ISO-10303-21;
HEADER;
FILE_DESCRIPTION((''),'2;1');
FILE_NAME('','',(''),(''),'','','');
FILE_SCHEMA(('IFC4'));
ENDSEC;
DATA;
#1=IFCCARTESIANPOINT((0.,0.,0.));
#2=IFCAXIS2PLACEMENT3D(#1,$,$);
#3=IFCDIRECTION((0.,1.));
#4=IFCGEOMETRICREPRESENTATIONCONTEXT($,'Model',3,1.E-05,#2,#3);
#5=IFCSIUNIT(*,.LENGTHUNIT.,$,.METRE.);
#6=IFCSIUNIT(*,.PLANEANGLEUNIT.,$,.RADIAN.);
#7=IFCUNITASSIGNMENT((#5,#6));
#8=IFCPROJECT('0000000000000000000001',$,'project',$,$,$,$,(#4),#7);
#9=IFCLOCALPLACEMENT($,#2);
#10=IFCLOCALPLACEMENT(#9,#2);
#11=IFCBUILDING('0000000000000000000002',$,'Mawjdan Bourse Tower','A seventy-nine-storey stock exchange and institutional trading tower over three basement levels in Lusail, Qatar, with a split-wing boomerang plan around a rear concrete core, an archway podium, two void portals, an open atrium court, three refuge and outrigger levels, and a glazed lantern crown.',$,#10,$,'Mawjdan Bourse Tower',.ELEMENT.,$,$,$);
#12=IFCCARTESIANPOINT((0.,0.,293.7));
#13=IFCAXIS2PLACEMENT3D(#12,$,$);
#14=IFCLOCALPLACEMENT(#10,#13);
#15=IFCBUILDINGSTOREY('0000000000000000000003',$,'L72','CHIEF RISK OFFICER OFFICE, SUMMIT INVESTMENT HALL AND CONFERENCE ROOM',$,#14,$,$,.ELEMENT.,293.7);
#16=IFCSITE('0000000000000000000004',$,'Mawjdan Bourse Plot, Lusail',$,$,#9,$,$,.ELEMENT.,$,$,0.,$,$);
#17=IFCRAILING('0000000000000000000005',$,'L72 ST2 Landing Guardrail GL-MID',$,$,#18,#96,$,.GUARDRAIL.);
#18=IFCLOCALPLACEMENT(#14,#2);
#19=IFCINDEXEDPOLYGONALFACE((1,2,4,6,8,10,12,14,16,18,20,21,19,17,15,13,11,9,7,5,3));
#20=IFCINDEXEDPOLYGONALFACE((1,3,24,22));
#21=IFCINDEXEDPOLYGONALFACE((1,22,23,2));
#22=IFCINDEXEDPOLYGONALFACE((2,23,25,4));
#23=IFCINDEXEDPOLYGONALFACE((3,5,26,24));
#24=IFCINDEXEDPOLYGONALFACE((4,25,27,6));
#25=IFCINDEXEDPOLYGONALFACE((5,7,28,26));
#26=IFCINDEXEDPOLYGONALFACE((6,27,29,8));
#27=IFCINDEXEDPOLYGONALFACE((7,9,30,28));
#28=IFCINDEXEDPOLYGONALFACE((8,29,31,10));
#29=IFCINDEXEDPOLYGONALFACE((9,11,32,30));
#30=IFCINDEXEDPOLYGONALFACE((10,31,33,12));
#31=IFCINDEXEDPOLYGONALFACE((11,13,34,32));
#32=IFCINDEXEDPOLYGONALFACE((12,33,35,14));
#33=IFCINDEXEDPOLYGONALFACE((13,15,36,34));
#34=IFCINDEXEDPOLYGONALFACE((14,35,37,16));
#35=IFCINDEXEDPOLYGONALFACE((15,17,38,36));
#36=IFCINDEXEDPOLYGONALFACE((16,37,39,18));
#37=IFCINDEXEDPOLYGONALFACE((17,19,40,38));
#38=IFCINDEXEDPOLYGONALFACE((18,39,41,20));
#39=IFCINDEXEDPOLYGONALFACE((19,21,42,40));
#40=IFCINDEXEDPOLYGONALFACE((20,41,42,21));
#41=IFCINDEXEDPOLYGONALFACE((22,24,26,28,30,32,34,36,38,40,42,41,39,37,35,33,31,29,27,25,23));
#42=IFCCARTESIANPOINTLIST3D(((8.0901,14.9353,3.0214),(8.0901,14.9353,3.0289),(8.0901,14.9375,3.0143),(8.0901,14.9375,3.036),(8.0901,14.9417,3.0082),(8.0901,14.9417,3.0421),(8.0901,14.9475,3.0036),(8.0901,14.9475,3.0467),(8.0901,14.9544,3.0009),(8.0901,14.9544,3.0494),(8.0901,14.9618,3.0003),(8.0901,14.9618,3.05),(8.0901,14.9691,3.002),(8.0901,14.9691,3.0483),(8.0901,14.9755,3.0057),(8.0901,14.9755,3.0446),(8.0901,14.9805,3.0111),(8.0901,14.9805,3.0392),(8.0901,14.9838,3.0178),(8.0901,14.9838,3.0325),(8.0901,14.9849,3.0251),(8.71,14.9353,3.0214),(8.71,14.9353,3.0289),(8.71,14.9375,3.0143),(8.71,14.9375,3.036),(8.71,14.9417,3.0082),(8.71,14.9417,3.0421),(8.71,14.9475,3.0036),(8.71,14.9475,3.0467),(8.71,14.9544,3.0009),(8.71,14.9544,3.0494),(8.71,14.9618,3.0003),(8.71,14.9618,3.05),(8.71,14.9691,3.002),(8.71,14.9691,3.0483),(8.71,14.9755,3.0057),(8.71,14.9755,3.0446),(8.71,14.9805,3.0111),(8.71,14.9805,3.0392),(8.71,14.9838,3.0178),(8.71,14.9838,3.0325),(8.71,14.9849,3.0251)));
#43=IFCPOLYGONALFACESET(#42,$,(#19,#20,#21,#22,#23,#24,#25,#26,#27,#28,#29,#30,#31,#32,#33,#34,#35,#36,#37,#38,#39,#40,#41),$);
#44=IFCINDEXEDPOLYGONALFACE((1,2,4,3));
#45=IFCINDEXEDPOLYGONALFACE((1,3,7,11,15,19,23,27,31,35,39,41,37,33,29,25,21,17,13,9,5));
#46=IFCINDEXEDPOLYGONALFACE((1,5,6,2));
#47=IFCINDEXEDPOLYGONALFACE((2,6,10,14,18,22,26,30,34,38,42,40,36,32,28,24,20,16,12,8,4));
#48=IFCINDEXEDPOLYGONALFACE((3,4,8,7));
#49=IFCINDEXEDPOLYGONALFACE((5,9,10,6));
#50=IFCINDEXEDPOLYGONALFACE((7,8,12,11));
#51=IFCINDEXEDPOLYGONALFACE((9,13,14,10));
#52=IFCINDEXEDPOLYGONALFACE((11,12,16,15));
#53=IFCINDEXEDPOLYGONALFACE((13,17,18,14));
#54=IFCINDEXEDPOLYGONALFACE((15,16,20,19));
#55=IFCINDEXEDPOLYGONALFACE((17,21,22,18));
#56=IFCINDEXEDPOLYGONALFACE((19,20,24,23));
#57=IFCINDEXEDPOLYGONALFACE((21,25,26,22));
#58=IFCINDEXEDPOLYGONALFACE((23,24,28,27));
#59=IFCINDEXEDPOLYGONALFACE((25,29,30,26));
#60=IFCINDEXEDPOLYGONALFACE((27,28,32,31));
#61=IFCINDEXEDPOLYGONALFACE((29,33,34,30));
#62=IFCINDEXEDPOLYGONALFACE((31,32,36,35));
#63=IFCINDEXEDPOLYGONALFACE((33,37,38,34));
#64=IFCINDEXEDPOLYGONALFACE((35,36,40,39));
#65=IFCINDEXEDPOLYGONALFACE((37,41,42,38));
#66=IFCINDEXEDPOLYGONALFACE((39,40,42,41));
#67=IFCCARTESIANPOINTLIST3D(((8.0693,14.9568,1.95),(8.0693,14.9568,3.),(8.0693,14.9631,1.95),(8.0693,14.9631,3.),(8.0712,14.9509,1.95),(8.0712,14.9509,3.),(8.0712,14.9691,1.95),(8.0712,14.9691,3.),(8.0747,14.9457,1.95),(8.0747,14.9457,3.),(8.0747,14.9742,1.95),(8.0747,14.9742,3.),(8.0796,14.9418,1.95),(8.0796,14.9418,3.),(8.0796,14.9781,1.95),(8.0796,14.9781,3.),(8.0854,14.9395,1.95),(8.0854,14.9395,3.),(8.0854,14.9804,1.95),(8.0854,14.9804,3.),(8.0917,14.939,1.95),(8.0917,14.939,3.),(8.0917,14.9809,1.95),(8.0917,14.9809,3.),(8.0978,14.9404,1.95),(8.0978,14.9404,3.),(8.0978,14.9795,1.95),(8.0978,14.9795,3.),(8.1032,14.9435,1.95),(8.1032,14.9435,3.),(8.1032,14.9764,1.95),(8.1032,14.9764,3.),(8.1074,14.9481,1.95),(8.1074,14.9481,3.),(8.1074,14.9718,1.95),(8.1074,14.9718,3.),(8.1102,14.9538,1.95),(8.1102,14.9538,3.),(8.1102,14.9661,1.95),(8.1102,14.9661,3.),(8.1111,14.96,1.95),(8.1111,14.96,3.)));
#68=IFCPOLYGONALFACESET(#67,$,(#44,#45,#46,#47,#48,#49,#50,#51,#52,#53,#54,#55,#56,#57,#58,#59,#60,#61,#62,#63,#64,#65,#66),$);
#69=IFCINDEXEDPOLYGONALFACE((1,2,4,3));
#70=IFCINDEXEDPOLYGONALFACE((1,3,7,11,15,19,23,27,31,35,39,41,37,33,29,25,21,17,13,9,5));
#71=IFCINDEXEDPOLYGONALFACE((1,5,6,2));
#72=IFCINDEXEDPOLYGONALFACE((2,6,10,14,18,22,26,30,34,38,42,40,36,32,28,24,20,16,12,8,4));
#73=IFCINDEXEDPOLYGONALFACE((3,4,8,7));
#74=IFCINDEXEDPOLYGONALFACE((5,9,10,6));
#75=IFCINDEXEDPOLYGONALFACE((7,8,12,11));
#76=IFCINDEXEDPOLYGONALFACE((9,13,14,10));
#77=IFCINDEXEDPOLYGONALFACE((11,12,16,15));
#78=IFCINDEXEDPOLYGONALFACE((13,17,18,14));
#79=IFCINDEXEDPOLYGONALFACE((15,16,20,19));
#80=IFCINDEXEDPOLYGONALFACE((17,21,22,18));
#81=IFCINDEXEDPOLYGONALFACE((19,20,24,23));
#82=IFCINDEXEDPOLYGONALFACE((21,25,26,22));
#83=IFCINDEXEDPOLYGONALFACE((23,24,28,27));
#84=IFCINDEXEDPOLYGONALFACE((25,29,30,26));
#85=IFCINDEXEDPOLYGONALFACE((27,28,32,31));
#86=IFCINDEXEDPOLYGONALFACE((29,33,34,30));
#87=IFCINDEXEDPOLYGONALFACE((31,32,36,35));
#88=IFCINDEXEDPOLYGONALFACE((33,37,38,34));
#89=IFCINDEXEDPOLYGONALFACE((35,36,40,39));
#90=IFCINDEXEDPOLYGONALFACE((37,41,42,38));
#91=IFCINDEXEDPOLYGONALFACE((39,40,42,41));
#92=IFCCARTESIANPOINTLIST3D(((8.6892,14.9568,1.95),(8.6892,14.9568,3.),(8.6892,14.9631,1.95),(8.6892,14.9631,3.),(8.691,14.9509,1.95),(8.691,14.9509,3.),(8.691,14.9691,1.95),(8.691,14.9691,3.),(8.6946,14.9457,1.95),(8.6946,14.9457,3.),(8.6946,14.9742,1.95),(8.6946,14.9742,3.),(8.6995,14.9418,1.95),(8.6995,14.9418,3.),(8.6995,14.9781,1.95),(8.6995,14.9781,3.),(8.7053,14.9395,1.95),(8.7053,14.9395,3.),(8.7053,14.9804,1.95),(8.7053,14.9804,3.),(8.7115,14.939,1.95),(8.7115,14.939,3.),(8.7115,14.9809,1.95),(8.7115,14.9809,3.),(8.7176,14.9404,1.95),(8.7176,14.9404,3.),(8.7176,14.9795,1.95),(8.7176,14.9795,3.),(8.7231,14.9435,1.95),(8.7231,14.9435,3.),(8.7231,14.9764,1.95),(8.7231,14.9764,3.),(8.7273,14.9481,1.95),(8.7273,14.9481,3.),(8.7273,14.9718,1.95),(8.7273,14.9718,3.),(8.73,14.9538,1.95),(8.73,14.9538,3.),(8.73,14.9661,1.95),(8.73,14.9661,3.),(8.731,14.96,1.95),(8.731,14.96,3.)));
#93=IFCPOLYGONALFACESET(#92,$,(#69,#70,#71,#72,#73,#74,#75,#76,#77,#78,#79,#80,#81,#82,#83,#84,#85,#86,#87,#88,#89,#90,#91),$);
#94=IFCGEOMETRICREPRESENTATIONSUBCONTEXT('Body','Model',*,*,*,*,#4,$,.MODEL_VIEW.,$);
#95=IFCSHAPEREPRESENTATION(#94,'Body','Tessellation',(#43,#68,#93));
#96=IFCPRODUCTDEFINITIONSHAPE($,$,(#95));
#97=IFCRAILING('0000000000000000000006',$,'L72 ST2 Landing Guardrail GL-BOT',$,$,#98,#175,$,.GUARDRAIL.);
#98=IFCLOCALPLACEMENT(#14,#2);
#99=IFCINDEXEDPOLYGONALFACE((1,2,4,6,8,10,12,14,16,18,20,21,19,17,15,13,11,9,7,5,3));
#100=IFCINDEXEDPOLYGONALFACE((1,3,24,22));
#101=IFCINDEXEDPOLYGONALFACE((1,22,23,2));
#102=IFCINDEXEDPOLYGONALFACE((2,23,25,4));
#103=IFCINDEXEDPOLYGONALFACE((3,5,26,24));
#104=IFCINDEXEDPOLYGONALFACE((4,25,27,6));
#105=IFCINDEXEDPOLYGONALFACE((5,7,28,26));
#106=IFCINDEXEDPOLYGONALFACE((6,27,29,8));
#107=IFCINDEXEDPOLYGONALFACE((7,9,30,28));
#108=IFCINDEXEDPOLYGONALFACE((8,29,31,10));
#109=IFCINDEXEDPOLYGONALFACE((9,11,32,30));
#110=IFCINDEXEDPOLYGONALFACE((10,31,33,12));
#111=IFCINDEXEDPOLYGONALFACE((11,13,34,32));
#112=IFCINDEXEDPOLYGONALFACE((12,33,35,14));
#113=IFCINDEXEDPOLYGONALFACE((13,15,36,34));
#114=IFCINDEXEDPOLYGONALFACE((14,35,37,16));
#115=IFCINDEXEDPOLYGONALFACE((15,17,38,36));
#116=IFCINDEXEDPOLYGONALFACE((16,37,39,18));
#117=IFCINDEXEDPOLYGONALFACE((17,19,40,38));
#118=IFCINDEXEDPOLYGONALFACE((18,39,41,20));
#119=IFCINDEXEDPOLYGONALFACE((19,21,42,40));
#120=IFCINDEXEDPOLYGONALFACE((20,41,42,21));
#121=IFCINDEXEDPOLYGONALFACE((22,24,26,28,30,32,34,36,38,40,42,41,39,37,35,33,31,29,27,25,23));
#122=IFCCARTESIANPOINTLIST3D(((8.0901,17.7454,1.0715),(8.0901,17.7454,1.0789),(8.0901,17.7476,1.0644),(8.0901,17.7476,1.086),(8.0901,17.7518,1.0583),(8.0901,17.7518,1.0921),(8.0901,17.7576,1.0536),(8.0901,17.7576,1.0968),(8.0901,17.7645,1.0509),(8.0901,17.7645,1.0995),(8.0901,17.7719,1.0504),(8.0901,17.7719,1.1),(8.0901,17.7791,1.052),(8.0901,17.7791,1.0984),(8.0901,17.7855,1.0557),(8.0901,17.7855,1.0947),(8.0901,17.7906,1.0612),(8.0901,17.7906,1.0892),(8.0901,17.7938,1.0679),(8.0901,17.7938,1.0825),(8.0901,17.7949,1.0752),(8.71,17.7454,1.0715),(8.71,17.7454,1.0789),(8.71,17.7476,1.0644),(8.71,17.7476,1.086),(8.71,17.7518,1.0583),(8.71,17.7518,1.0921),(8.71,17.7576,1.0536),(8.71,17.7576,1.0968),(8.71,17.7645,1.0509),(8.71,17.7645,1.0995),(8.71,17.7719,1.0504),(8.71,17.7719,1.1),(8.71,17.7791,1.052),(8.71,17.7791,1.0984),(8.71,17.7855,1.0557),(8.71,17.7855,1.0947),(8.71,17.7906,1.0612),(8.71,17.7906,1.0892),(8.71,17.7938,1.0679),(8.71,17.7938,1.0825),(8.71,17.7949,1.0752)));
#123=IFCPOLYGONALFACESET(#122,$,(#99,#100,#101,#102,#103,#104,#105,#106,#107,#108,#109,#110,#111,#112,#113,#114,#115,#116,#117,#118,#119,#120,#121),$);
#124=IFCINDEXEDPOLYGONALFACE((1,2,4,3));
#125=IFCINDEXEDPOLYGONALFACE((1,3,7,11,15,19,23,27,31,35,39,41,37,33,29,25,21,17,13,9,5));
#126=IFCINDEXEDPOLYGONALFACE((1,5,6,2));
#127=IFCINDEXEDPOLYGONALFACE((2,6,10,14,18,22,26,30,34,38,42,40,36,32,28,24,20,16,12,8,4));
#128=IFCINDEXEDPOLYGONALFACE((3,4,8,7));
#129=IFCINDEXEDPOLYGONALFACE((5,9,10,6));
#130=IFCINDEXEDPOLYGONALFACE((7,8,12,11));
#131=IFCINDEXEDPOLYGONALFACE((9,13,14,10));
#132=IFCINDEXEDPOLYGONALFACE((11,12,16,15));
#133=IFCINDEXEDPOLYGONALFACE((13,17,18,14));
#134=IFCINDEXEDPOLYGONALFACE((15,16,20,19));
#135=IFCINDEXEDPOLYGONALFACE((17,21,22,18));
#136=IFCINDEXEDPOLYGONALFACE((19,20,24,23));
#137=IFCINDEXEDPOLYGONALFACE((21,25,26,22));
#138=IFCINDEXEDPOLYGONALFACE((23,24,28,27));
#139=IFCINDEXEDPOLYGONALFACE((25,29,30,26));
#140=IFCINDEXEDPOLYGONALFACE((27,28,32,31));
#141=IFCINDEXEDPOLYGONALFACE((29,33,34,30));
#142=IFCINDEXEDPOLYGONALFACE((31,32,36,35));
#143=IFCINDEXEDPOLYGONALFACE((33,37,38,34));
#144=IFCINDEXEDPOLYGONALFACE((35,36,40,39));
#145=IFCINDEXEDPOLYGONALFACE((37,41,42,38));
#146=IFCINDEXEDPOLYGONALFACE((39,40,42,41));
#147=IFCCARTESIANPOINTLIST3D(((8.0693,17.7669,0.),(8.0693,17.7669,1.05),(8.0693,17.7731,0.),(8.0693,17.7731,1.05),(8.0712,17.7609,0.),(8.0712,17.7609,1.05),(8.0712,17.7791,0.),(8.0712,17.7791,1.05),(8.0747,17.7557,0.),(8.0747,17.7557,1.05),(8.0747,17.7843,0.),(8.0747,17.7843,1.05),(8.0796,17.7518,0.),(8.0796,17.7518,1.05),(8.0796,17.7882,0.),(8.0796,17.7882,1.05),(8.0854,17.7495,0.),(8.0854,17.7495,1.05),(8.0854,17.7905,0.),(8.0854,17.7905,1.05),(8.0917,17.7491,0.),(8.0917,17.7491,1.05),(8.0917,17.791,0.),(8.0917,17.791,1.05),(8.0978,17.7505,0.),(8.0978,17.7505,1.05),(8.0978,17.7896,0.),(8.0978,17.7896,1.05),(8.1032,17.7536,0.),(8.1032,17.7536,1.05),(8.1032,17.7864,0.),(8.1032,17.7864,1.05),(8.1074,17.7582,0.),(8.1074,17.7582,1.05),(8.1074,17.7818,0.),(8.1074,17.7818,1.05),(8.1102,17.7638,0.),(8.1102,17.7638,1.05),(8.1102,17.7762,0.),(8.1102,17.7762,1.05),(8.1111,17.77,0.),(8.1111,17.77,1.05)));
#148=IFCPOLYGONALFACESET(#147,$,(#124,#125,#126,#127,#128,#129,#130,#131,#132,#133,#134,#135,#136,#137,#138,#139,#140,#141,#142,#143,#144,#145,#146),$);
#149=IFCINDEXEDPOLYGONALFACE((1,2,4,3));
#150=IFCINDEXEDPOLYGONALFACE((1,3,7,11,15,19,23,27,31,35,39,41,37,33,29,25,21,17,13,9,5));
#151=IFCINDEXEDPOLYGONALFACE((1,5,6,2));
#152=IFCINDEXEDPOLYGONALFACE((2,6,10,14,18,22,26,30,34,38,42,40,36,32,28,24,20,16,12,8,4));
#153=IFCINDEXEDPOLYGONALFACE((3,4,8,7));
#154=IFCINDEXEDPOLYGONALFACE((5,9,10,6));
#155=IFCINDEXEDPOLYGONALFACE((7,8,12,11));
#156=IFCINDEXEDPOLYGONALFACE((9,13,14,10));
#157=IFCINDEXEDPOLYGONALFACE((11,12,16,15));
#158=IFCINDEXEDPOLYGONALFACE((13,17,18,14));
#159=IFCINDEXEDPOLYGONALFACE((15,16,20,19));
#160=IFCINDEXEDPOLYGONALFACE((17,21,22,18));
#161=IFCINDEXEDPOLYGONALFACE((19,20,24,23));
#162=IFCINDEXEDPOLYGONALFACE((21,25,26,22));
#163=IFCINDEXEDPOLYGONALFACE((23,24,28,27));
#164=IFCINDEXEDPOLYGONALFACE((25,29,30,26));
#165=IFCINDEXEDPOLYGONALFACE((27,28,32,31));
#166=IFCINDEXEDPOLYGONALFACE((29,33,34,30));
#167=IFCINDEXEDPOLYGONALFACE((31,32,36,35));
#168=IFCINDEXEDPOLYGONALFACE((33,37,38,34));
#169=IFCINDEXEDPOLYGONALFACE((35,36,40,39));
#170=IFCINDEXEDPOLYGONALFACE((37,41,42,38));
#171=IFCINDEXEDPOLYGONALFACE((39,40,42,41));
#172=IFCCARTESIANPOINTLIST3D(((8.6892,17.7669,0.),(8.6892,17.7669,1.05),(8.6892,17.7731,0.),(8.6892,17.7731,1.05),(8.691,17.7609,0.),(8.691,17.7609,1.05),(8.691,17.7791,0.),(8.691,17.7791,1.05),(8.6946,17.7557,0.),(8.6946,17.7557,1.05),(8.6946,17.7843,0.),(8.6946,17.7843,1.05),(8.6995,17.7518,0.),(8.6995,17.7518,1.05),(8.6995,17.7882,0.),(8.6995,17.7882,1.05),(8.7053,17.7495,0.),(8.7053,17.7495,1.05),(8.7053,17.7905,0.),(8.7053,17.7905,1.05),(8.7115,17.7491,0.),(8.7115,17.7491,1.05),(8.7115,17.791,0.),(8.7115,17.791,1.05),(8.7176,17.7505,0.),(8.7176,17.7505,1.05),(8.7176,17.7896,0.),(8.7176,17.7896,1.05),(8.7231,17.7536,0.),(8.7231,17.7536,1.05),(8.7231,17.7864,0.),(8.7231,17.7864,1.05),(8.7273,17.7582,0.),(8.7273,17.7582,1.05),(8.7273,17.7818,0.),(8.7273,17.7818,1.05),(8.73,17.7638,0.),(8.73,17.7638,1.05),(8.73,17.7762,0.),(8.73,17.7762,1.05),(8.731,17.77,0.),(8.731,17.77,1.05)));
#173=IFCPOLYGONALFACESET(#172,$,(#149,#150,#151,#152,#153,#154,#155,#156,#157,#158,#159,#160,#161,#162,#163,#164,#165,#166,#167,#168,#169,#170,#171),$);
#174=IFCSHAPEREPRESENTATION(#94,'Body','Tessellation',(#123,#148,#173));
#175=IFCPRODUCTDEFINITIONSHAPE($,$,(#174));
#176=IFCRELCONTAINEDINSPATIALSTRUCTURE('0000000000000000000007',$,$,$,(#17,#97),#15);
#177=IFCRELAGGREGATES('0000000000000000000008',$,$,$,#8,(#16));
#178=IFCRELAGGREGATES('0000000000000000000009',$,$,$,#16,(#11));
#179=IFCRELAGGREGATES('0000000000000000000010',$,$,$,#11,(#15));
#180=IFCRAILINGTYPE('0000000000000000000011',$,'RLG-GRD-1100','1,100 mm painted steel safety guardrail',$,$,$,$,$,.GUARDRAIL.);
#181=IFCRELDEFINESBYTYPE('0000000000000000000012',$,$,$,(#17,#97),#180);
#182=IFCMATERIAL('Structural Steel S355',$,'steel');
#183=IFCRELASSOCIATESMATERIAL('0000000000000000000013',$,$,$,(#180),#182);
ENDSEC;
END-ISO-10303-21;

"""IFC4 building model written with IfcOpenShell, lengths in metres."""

from ifc_helpers import new_model, si_unit, direction, frame, origin, origin_2d, place, context, subcontext, project, spatial, circle, extrude, material, type_object, element, save


model = new_model("IFC4")

# Units and contexts
model_context = context("Model", 3, precision=1e-05, world=origin(), true_north=direction((0.0, 1.0)))
body_context = subcontext(model_context, "Body", "Model", "MODEL_VIEW")
ifc_project = project(units=[si_unit("LENGTHUNIT", "METRE"), si_unit("PLANEANGLEUNIT", "RADIAN")], contexts=[model_context])

# Site, building, storey
site_placement = place(None, origin())
site = spatial("IfcSite", under=ifc_project, at=site_placement, Name="Mawjdan Bourse Plot, Lusail", CompositionType="ELEMENT", RefElevation=0.0)
building_placement = place(site_placement, origin())
building = spatial("IfcBuilding", under=site, at=building_placement, Name="Mawjdan Bourse Tower", Description="A seventy-nine-storey stock exchange and institutional trading tower over three basement levels in Lusail, Qatar, with a split-wing boomerang plan around a rear concrete core, an archway podium, two void portals, an open atrium court, three refuge and outrigger levels, and a glazed lantern crown.", LongName="Mawjdan Bourse Tower", CompositionType="ELEMENT")
storey_placement = place(building_placement, frame((0.0, 0.0, 293.7)))
storey = spatial("IfcBuildingStorey", under=building, at=storey_placement, Name="L72", Description="CHIEF RISK OFFICER OFFICE, SUMMIT INVESTMENT HALL AND CONFERENCE ROOM", CompositionType="ELEMENT", Elevation=293.7)

# Railings
ifc_material_1 = material(Name="Structural Steel S355", Category="steel")
railing_type_1 = type_object("IfcRailingType", Name="RLG-GRD-1100", Description="1,100 mm painted steel safety guardrail", PredefinedType="GUARDRAIL", material=ifc_material_1)
for number, where, name in (
    (1, (8.0901, 14.96, 1.95), "L72 ST2 Landing Guardrail GL-MID"),
    (2, (8.0901, 17.77, 0.0), "L72 ST2 Landing Guardrail GL-BOT"),
):
    element("IfcRailing", number, at=place(storey_placement, frame(where)), inside=storey, type_object=railing_type_1, Name=name, PredefinedType="GUARDRAIL", context=body_context, shape_type="SweptSolid", body=[
        extrude(circle(Radius=0.0249, at=origin_2d()), frame((0.0, 0.0, 1.0752), z_axis=(1.0, 0.0, 0.0), x_axis=(0.0, 1.0, 0.0)), (0.0, 0.0, 1.0), 0.6199),
        extrude(circle(Radius=0.021, at=origin_2d()), origin(), (0.0, 0.0, 1.0), 1.05),
        extrude(circle(Radius=0.021, at=origin_2d()), frame((0.6199, 0.0, 0.0)), (0.0, 0.0, 1.0), 1.05),
    ])

save(model, "model.ifc")
